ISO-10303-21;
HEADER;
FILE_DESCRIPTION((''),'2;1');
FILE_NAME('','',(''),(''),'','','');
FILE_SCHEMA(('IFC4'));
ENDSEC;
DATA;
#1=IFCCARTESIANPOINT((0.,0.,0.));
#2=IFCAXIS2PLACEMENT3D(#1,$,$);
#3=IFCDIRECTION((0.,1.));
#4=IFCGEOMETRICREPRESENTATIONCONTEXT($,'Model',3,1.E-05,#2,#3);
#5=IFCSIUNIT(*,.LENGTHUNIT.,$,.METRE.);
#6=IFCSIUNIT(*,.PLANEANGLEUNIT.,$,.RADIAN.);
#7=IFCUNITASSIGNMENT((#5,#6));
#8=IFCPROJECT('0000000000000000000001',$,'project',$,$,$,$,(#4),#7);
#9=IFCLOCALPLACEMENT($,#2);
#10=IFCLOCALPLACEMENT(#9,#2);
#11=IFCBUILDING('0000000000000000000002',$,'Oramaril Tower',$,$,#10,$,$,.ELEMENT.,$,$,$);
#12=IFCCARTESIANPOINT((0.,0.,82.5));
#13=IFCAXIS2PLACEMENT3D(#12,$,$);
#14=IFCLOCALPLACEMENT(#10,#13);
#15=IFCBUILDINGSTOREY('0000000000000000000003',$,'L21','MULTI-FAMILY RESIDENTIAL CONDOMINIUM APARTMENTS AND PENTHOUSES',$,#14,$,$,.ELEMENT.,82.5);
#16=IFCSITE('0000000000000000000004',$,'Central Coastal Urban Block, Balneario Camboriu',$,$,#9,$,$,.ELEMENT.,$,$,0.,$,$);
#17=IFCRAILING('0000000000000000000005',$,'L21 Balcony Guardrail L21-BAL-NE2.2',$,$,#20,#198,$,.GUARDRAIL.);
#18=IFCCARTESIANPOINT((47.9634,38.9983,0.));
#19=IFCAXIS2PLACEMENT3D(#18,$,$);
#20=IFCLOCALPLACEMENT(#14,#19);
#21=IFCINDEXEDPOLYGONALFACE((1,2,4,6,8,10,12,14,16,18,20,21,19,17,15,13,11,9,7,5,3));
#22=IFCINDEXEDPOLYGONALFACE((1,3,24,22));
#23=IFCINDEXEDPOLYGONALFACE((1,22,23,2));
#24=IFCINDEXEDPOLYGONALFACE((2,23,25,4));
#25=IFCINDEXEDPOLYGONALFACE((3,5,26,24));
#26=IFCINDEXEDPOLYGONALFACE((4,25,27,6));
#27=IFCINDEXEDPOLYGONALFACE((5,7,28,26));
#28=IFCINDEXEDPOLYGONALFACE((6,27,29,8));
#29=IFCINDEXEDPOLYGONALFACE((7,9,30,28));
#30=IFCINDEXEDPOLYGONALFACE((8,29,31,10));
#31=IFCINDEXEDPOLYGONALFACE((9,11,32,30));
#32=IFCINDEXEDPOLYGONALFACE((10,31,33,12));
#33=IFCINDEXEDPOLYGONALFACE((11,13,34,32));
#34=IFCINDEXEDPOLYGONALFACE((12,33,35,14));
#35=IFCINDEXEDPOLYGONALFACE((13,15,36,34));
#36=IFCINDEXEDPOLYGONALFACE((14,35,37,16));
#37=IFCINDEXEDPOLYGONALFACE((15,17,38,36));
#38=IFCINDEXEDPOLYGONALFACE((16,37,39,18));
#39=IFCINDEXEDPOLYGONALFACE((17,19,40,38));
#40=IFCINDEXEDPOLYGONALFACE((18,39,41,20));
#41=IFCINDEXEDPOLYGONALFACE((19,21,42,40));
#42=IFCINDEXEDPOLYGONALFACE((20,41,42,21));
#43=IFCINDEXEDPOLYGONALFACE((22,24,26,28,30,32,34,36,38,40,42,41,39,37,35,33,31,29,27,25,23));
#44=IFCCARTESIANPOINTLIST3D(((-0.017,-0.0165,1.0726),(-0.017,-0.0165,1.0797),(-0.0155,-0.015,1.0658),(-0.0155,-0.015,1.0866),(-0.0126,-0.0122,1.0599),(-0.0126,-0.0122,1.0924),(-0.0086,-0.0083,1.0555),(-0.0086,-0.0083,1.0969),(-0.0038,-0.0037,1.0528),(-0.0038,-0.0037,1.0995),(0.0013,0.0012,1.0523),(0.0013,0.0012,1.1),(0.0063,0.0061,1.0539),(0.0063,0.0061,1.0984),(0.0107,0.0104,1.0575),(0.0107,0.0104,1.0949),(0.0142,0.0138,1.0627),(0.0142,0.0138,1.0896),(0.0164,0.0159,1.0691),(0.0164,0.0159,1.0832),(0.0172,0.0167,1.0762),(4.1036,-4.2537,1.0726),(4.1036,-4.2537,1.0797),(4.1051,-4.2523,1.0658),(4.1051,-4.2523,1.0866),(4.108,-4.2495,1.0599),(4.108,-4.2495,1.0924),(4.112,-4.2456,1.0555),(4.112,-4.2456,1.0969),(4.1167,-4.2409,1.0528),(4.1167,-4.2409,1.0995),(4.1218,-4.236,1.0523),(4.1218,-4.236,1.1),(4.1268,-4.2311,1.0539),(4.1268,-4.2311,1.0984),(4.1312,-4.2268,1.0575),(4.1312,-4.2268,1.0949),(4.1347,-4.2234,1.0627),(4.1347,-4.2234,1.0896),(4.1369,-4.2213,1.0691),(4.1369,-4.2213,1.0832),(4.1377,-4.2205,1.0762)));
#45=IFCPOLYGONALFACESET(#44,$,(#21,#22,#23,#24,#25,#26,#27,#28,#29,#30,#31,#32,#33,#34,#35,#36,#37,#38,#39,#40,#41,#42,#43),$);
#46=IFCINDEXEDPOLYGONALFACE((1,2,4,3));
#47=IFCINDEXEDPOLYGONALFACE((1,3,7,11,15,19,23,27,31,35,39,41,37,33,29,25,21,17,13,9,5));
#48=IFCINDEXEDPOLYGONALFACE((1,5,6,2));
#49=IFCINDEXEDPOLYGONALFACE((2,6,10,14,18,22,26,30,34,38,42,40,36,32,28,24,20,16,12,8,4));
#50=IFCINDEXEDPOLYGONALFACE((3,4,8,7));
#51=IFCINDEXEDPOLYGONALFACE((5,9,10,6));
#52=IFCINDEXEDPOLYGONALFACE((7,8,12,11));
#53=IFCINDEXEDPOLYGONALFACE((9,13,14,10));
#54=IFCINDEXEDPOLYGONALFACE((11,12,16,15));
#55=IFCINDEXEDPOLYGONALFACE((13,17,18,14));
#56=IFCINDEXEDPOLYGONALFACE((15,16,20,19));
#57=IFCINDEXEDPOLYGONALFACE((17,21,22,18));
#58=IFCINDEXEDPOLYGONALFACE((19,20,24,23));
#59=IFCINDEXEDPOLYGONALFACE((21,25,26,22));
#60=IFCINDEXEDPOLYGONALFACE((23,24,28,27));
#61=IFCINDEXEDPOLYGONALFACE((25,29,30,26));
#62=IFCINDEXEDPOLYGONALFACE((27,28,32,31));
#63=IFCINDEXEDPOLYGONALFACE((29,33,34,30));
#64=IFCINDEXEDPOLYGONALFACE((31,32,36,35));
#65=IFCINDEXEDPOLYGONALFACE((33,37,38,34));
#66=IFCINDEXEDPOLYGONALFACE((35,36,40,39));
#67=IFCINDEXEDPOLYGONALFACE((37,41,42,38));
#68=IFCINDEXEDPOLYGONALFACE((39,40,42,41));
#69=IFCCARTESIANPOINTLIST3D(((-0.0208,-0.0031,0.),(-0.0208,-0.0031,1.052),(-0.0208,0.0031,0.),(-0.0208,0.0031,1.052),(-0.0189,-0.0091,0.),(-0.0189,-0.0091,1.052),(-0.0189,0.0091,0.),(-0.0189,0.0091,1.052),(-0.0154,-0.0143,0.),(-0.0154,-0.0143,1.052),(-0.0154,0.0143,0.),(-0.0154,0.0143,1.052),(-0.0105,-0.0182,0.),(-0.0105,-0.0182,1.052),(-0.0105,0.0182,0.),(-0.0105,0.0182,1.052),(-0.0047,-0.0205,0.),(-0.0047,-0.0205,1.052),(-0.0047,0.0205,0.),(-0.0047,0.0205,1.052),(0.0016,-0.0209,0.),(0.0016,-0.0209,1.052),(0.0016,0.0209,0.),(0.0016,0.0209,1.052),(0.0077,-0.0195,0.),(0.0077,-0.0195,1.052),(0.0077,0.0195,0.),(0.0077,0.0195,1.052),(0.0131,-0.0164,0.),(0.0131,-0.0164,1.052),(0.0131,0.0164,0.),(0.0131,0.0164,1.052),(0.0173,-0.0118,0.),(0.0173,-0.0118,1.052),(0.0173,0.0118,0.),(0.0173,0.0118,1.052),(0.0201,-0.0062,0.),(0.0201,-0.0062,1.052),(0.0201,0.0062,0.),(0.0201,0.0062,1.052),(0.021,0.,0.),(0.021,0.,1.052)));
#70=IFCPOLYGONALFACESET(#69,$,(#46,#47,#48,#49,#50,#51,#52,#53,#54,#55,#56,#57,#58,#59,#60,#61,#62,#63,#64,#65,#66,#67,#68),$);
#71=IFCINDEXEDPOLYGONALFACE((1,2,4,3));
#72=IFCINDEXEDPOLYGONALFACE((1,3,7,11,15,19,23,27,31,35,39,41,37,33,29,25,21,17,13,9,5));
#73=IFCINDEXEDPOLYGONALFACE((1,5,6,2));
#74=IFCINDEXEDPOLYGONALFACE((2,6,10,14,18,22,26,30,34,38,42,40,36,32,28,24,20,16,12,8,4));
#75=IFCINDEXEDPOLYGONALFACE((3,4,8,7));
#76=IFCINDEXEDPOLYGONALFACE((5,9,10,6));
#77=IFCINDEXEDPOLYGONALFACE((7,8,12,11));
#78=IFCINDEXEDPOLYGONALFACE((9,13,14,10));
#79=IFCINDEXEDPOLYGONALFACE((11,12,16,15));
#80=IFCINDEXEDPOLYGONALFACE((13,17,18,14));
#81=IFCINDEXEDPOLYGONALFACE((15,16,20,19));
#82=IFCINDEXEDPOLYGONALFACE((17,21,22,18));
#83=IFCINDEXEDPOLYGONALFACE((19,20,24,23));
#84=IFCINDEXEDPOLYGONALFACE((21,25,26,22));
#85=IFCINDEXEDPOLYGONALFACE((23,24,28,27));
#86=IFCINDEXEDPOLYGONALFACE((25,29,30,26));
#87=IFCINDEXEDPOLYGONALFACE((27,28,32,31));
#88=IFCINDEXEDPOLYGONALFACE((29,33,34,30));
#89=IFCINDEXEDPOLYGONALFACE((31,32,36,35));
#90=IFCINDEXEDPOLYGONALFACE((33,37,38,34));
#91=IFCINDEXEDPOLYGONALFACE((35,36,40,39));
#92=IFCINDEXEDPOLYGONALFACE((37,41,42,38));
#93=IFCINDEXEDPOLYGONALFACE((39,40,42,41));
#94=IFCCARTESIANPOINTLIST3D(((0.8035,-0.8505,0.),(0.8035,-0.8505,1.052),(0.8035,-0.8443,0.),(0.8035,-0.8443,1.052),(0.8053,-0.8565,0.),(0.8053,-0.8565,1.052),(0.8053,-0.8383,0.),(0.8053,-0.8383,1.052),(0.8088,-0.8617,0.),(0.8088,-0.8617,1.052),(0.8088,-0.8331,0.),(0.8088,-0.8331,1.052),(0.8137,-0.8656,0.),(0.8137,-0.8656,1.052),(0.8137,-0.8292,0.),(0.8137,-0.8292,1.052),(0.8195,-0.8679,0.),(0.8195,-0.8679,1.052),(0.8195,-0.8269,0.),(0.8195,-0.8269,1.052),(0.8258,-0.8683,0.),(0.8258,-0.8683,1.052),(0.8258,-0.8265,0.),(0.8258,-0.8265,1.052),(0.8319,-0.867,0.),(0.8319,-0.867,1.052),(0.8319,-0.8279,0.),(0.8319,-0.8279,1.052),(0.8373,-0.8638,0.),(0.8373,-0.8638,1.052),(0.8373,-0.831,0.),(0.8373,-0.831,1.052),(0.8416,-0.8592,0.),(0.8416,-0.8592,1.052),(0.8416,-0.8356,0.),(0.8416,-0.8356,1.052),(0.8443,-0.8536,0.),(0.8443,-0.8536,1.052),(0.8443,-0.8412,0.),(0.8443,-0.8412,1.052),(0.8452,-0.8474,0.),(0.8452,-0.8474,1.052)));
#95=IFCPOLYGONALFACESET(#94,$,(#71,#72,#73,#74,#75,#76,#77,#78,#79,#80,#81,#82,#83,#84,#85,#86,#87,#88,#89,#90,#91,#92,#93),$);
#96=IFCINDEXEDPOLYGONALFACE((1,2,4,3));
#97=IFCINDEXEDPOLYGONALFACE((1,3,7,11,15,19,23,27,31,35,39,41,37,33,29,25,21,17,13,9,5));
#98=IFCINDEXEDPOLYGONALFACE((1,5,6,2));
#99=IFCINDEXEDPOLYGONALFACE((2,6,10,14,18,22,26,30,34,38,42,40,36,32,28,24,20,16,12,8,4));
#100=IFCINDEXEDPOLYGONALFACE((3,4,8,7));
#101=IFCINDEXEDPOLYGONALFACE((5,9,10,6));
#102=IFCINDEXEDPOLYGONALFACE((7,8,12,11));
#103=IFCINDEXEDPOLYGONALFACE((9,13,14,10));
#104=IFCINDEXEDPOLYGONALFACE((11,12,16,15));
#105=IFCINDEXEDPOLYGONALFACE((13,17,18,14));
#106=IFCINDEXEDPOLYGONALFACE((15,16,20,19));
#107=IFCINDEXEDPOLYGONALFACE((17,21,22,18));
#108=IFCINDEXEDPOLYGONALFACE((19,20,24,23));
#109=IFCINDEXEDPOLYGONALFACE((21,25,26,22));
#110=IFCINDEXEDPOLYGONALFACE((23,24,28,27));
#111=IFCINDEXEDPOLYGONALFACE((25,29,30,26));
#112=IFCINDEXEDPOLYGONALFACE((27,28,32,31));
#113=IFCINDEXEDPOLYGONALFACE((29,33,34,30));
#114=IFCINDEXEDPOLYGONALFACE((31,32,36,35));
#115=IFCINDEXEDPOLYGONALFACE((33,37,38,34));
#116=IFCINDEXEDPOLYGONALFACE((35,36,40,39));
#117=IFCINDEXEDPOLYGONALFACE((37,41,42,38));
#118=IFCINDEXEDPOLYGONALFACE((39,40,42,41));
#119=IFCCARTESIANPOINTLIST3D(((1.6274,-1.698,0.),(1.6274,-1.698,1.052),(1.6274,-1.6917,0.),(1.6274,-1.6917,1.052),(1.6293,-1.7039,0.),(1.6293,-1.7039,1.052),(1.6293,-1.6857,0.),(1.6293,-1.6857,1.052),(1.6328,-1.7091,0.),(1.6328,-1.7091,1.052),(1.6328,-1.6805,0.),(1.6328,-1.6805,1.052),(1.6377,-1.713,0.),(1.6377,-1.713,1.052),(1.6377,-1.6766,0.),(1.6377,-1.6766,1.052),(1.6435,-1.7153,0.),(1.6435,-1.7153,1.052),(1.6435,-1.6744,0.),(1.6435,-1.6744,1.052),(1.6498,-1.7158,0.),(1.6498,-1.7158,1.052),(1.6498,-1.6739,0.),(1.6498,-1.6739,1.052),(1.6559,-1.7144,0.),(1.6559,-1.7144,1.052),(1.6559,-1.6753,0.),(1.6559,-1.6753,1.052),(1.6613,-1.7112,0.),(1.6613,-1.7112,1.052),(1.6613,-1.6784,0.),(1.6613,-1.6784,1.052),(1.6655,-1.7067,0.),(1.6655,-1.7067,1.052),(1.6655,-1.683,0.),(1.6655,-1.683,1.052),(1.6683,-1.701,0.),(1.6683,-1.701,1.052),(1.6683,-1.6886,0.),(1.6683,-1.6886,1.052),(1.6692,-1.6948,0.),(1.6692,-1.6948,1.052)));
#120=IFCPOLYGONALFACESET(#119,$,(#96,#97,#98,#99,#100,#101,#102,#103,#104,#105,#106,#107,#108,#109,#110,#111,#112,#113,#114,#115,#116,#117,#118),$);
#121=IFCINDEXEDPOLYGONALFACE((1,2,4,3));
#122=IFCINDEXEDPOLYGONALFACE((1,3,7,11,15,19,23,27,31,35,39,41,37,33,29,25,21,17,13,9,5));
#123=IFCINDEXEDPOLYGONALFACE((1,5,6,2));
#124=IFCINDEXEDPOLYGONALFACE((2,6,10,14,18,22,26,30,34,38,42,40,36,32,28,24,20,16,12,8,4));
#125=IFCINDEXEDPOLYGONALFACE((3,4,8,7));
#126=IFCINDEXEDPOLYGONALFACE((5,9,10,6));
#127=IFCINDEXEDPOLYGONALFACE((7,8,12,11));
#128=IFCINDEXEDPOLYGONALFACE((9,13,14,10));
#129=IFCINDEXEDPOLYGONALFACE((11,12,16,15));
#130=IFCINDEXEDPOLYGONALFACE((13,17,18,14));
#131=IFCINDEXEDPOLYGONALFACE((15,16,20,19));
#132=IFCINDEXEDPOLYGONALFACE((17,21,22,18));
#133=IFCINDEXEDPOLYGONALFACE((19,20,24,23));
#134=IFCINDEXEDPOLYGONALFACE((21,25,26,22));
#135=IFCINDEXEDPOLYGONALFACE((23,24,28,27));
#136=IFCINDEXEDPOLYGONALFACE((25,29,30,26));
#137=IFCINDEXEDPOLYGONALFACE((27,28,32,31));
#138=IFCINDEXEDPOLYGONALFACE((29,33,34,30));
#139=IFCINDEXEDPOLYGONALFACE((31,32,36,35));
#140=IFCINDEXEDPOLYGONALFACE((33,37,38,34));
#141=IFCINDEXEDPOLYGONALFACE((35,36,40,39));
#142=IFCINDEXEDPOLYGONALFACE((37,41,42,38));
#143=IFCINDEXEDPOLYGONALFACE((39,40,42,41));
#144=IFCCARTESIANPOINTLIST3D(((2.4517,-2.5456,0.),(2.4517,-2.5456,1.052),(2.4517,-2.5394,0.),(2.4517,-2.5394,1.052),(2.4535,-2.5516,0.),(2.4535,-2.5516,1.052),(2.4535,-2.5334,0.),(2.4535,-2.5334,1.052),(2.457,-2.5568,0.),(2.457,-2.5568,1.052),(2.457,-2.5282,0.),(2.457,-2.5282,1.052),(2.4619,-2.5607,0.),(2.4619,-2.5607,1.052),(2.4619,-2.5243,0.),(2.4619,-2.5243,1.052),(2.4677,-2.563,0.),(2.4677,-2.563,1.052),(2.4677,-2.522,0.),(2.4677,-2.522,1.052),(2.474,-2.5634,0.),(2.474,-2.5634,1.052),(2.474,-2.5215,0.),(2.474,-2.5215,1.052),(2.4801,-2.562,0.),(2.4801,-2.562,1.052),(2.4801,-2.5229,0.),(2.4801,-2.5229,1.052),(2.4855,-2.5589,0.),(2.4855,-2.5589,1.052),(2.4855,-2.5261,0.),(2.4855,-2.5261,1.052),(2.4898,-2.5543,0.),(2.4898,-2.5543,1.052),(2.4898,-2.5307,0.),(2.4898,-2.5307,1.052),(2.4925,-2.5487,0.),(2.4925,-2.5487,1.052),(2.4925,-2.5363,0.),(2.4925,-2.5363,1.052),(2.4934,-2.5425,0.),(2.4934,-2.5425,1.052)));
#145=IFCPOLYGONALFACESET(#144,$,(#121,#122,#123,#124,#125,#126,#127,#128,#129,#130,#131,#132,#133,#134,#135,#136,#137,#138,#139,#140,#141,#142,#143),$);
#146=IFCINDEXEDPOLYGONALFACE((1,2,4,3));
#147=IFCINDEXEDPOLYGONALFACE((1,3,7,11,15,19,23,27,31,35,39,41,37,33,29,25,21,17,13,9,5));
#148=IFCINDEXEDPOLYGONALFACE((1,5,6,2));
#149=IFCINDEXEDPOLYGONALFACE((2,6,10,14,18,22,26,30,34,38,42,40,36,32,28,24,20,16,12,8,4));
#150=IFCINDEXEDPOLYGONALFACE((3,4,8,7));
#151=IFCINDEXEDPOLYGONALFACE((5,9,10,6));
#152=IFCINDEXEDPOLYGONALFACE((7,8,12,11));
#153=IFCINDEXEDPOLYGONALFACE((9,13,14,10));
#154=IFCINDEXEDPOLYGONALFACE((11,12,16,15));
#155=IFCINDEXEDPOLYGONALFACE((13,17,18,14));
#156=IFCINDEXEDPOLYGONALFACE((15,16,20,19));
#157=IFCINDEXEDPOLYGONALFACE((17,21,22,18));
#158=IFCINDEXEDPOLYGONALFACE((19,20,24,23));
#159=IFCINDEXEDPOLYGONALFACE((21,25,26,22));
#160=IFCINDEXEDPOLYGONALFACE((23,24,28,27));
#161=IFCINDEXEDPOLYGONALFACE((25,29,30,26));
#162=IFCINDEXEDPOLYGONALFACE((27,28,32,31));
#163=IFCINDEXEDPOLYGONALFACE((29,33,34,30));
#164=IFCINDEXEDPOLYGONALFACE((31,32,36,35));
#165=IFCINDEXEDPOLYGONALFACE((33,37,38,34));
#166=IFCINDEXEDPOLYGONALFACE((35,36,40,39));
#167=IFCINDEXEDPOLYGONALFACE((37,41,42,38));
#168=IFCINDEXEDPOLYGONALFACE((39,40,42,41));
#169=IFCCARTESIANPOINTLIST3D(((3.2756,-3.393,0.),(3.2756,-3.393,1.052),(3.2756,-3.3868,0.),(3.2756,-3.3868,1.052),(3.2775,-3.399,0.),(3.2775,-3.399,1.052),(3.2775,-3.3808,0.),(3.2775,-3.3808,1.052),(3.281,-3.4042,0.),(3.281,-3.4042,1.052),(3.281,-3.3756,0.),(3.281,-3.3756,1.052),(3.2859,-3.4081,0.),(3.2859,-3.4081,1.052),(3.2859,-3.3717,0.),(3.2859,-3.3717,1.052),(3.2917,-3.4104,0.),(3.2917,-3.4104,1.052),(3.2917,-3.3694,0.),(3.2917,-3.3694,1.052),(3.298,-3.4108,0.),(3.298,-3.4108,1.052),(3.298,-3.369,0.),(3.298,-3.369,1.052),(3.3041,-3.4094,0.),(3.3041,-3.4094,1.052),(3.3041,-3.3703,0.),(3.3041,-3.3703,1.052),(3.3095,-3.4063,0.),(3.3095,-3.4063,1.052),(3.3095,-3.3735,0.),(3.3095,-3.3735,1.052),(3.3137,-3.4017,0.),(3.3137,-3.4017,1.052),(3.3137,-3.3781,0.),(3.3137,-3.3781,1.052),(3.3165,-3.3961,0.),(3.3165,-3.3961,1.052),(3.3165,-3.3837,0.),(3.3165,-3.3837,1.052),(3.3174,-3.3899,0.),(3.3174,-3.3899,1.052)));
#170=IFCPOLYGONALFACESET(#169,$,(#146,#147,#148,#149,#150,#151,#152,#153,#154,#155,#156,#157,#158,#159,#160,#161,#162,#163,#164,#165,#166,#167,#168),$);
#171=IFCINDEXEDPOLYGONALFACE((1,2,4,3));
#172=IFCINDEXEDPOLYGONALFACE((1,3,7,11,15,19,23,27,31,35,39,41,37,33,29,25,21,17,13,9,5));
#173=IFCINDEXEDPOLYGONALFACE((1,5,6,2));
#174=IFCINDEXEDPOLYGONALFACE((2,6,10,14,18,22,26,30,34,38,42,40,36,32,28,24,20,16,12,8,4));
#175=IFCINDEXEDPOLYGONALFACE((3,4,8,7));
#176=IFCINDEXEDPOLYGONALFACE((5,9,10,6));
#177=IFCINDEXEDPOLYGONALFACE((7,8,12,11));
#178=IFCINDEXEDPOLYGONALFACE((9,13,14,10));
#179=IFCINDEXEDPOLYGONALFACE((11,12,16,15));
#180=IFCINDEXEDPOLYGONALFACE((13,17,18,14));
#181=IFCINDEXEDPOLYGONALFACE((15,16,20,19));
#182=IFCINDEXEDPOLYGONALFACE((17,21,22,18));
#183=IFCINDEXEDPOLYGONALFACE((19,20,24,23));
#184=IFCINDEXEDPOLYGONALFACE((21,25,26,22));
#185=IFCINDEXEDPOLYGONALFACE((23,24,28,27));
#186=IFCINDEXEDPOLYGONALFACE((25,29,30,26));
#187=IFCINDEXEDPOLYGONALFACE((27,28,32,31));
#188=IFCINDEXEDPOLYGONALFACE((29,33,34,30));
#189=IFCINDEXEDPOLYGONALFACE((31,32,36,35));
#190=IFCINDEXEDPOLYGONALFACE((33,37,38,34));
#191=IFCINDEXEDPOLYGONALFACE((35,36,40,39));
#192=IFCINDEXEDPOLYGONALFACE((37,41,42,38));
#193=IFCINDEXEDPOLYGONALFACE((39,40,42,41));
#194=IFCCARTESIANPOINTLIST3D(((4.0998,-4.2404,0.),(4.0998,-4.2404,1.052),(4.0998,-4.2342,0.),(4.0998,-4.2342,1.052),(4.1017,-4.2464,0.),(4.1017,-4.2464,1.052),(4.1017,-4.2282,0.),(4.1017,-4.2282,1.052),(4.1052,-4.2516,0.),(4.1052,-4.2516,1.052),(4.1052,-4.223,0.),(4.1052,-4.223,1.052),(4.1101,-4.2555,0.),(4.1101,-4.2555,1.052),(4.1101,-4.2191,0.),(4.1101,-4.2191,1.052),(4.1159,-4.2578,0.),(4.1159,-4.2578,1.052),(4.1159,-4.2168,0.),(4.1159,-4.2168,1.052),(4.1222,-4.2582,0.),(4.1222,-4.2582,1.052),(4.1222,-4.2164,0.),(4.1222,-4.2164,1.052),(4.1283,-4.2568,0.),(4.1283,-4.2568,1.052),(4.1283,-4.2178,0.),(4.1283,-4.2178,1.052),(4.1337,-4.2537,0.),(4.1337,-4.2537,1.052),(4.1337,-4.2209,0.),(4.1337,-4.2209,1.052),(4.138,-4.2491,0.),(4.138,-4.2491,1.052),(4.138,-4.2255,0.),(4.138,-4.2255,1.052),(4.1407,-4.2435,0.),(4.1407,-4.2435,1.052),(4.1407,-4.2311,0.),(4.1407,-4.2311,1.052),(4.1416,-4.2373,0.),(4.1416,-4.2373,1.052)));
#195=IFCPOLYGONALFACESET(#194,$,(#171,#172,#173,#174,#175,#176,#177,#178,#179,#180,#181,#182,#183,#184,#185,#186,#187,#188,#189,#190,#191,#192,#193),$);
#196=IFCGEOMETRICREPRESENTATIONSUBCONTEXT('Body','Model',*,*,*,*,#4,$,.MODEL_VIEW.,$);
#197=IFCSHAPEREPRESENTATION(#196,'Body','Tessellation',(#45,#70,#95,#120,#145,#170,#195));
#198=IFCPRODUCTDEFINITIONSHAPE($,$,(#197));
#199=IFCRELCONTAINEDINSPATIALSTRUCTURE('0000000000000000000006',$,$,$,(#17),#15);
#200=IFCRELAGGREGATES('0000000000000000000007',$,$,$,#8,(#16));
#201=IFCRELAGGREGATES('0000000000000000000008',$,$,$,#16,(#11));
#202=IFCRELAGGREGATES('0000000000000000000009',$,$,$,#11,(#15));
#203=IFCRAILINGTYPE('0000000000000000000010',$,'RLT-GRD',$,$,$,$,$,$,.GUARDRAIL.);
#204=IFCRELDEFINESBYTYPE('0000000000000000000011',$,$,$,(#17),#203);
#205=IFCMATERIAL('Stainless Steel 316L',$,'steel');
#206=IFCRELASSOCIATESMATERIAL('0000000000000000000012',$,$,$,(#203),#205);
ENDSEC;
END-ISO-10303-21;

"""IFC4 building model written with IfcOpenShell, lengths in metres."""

from ifc_helpers import new_model, si_unit, direction, frame, origin, origin_2d, place, context, subcontext, project, spatial, circle, extrude, material, type_object, element, save


model = new_model("IFC4")

# Units and contexts
model_context = context("Model", 3, precision=1e-05, world=origin(), true_north=direction((0.0, 1.0)))
body_context = subcontext(model_context, "Body", "Model", "MODEL_VIEW")
ifc_project = project(units=[si_unit("LENGTHUNIT", "METRE"), si_unit("PLANEANGLEUNIT", "RADIAN")], contexts=[model_context])

# Site, building, storey
site_placement = place(None, origin())
site = spatial("IfcSite", under=ifc_project, at=site_placement, Name="Central Coastal Urban Block, Balneario Camboriu", CompositionType="ELEMENT", RefElevation=0.0)
building_placement = place(site_placement, origin())
building = spatial("IfcBuilding", under=site, at=building_placement, Name="Oramaril Tower", CompositionType="ELEMENT")
storey_placement = place(building_placement, frame((0.0, 0.0, 82.5)))
storey = spatial("IfcBuildingStorey", under=building, at=storey_placement, Name="L21", Description="MULTI-FAMILY RESIDENTIAL CONDOMINIUM APARTMENTS AND PENTHOUSES", CompositionType="ELEMENT", Elevation=82.5)

# Railing
ifc_material_1 = material(Name="Stainless Steel 316L", Category="steel")
railing_type = type_object("IfcRailingType", Name="RLT-GRD", PredefinedType="GUARDRAIL", material=ifc_material_1)
railing_1_placement = place(storey_placement, frame((47.9634, 38.9983, 0.0)))
element("IfcRailing", 1, at=railing_1_placement, inside=storey, type_object=railing_type, Name="L21 Balcony Guardrail L21-BAL-NE2.2", PredefinedType="GUARDRAIL", context=body_context, shape_type="SweptSolid", body=[
    extrude(circle(Radius=0.0239, at=origin_2d()), frame((0.0, 0.0, 1.0762), z_axis=(0.697166, -0.71691, 0.0), x_axis=(0.71691, 0.697166, 0.0)), (0.0, 0.0, 1.0), 5.9104),
    extrude(circle(Radius=0.021, at=origin_2d()), origin(), (0.0, 0.0, 1.0), 1.052),
    extrude(circle(Radius=0.021, at=origin_2d()), frame((0.8242, -0.8474, 0.0)), (0.0, 0.0, 1.0), 1.052),
    extrude(circle(Radius=0.021, at=origin_2d()), frame((1.6482, -1.6948, 0.0)), (0.0, 0.0, 1.0), 1.052),
    extrude(circle(Radius=0.021, at=origin_2d()), frame((2.4724, -2.5425, 0.0)), (0.0, 0.0, 1.0), 1.052),
    extrude(circle(Radius=0.021, at=origin_2d()), frame((3.2964, -3.3899, 0.0)), (0.0, 0.0, 1.0), 1.052),
    extrude(circle(Radius=0.021, at=origin_2d()), frame((4.1206, -4.2373, 0.0)), (0.0, 0.0, 1.0), 1.052),
])

save(model, "model.ifc")
